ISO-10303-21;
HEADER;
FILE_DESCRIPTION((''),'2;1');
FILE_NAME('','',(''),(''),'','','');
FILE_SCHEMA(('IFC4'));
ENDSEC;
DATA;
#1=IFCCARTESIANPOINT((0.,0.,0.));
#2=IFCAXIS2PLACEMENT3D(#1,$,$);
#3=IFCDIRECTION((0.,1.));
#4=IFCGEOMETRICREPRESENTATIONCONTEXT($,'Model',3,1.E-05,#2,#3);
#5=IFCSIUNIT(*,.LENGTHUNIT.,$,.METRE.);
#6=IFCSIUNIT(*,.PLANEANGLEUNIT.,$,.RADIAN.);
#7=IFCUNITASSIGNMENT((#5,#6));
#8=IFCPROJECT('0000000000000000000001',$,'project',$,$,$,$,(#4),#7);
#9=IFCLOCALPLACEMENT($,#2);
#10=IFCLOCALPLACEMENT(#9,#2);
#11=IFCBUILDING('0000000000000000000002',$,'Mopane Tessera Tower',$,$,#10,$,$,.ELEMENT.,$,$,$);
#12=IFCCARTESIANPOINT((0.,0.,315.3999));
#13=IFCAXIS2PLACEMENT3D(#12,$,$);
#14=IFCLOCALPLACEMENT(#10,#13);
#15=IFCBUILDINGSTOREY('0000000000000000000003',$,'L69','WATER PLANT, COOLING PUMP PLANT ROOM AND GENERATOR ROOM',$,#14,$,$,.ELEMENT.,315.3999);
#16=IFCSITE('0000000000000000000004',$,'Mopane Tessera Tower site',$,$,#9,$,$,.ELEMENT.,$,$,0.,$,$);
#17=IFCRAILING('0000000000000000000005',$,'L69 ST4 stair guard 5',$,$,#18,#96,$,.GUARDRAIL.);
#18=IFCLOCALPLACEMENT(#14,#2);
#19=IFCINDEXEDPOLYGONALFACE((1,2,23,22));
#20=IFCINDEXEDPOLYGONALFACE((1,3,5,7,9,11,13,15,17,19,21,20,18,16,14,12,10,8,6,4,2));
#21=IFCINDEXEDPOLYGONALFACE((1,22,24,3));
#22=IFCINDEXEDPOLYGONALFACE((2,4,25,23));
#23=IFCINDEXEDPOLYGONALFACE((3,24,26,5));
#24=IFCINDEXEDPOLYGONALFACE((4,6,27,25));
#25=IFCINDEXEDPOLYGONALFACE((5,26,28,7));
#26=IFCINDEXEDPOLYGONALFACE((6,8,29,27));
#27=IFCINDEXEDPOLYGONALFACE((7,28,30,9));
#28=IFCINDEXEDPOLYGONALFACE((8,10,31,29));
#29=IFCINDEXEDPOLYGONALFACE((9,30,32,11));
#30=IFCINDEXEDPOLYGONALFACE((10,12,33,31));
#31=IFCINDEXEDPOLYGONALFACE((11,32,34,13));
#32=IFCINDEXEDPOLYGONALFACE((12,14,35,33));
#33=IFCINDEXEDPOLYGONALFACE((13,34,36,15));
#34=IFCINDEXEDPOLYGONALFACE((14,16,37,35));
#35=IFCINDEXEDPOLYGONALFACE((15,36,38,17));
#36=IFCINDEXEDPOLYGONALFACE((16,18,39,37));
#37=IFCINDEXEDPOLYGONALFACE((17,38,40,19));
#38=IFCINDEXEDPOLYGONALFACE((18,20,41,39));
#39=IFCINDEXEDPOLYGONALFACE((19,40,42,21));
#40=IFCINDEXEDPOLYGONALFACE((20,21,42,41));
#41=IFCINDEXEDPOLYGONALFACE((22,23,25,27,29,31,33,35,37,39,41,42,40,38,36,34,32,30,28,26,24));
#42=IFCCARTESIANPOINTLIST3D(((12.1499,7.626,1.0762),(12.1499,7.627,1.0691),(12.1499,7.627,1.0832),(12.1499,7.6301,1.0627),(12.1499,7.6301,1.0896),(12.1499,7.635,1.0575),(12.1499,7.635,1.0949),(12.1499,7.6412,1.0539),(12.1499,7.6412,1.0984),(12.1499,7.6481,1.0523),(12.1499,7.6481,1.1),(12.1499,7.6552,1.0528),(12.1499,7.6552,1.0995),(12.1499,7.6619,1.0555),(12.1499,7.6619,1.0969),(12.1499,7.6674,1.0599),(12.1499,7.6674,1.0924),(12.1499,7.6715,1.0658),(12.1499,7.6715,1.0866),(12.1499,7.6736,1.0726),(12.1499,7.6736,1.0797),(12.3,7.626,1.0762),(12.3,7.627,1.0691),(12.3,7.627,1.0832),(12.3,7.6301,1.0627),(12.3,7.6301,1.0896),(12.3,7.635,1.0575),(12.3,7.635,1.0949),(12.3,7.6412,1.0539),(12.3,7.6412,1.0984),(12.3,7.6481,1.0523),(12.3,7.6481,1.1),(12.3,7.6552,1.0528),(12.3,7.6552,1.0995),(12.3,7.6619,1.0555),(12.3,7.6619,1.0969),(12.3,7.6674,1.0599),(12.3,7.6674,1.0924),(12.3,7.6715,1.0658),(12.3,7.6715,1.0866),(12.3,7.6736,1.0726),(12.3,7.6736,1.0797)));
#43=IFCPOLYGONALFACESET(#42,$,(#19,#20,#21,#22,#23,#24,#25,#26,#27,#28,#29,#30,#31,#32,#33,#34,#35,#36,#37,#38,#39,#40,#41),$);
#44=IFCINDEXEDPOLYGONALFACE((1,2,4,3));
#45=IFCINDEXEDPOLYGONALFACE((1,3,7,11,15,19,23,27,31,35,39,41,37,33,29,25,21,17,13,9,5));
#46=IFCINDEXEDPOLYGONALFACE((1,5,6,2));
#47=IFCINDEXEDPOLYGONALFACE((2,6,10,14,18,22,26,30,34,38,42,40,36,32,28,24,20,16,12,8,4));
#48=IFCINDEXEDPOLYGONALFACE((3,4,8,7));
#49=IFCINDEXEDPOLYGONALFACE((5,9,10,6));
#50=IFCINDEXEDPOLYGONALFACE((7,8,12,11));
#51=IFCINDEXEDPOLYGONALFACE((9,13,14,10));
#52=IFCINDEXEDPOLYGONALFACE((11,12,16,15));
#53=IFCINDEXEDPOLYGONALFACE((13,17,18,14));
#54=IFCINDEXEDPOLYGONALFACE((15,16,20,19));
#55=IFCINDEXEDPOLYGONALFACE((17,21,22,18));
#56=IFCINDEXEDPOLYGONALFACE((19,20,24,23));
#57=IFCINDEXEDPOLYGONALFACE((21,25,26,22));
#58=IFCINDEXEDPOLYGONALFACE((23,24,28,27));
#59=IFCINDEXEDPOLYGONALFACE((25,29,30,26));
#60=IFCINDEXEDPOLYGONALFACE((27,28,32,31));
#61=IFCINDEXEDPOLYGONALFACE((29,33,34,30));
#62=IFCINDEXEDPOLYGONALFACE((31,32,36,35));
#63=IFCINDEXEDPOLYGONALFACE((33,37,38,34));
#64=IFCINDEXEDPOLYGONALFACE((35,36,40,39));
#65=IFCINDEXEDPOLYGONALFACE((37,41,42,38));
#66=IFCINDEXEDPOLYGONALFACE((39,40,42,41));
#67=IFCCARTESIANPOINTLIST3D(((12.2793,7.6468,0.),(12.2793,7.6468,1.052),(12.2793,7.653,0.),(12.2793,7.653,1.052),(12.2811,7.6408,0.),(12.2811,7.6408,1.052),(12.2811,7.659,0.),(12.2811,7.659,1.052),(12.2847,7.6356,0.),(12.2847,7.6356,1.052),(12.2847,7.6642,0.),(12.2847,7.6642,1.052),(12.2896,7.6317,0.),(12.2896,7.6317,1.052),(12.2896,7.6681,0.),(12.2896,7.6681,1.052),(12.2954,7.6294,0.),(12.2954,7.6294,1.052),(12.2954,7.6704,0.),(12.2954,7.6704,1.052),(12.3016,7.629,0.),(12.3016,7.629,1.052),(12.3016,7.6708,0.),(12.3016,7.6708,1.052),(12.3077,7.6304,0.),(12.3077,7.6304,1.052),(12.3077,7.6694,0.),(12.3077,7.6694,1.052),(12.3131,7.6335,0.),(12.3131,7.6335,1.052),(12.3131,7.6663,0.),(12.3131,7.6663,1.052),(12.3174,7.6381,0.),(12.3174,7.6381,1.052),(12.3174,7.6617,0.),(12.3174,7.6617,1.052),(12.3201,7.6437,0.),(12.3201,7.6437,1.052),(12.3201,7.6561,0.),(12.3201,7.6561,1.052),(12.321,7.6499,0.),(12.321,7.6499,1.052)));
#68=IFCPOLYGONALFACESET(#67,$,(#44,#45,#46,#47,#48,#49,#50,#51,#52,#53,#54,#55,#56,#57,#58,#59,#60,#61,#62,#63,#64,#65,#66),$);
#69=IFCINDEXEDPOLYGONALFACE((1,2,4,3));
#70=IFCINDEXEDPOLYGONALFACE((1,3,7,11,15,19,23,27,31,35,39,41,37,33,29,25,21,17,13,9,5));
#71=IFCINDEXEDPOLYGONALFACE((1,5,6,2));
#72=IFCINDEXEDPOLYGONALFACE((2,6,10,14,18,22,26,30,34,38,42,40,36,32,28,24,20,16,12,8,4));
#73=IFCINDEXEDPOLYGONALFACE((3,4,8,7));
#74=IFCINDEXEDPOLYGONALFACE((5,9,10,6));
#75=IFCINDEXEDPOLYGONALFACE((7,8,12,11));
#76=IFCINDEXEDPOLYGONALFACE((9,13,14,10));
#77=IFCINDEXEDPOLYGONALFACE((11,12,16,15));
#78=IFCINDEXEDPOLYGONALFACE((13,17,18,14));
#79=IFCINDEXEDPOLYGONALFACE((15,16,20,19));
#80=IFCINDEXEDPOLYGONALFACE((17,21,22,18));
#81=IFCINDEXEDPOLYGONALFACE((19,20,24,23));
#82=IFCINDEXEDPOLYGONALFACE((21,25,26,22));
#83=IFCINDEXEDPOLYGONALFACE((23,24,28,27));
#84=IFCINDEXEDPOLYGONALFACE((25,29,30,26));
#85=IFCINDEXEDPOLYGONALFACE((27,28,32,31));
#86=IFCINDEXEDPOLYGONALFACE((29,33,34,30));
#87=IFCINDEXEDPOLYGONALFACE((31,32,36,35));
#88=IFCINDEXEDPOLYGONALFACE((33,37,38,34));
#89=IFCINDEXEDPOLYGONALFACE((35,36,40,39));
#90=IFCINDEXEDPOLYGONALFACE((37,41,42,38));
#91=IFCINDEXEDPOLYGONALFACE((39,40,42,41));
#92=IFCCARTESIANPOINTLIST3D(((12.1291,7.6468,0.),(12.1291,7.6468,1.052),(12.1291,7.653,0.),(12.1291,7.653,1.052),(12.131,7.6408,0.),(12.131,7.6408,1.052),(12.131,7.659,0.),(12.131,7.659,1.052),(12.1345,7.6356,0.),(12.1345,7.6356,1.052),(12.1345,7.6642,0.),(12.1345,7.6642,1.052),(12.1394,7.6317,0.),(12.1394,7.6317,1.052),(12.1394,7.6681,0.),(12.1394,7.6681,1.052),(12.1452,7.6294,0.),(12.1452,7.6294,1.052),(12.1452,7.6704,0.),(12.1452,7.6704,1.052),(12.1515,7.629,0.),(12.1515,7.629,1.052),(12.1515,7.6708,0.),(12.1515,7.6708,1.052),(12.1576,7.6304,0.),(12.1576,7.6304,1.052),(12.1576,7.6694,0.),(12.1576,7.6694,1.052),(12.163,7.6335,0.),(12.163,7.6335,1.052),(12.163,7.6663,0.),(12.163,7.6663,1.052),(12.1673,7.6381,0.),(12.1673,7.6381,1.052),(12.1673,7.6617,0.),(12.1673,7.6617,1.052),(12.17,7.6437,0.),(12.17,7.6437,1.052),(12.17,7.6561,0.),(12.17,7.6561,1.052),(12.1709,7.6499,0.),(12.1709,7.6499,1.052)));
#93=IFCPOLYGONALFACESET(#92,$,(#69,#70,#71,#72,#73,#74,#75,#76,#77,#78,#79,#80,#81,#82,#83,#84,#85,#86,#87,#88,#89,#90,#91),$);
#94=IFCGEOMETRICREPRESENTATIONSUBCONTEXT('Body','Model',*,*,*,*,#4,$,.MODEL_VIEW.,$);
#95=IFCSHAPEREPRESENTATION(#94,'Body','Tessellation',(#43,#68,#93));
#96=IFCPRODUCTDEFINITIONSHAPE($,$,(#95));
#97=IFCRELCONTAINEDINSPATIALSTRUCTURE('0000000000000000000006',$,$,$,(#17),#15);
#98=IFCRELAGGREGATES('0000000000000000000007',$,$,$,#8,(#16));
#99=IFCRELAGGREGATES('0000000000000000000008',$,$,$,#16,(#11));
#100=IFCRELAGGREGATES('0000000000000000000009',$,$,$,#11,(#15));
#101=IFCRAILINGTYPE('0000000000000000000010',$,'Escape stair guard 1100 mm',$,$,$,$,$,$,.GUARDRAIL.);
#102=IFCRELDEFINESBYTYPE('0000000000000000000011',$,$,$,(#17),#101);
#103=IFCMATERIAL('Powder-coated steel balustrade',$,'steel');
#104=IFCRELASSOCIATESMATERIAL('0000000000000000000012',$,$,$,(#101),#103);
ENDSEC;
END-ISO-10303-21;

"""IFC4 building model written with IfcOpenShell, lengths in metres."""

from ifc_helpers import new_model, si_unit, direction, frame, origin, origin_2d, place, context, subcontext, project, spatial, circle, extrude, material, type_object, element, save


model = new_model("IFC4")

# Units and contexts
model_context = context("Model", 3, precision=1e-05, world=origin(), true_north=direction((0.0, 1.0)))
body_context = subcontext(model_context, "Body", "Model", "MODEL_VIEW")
ifc_project = project(units=[si_unit("LENGTHUNIT", "METRE"), si_unit("PLANEANGLEUNIT", "RADIAN")], contexts=[model_context])

# Site, building, storey
site_placement = place(None, origin())
site = spatial("IfcSite", under=ifc_project, at=site_placement, Name="Mopane Tessera Tower site", CompositionType="ELEMENT", RefElevation=0.0)
building_placement = place(site_placement, origin())
building = spatial("IfcBuilding", under=site, at=building_placement, Name="Mopane Tessera Tower", CompositionType="ELEMENT")
storey_placement = place(building_placement, frame((0.0, 0.0, 315.3999)))
storey = spatial("IfcBuildingStorey", under=building, at=storey_placement, Name="L69", Description="WATER PLANT, COOLING PUMP PLANT ROOM AND GENERATOR ROOM", CompositionType="ELEMENT", Elevation=315.3999)

# Railing
ifc_material_1 = material(Name="Powder-coated steel balustrade", Category="steel")
railing_type_1 = type_object("IfcRailingType", Name="Escape stair guard 1100 mm", PredefinedType="GUARDRAIL", material=ifc_material_1)
railing_1_placement = place(storey_placement, frame((12.3, 7.6499, 0.0)))
element("IfcRailing", 1, at=railing_1_placement, inside=storey, type_object=railing_type_1, Name="L69 ST4 stair guard 5", PredefinedType="GUARDRAIL", context=body_context, shape_type="SweptSolid", body=[
    extrude(circle(Radius=0.0239, at=origin_2d()), frame((0.0, 0.0, 1.0762), z_axis=(-1.0, 0.0, 0.0), x_axis=(0.0, -1.0, 0.0)), (0.0, 0.0, 1.0), 0.1501),
    extrude(circle(Radius=0.021, at=origin_2d()), origin(), (0.0, 0.0, 1.0), 1.052),
    extrude(circle(Radius=0.021, at=origin_2d()), frame((-0.1501, 0.0, 0.0)), (0.0, 0.0, 1.0), 1.052),
])

save(model, "model.ifc")
